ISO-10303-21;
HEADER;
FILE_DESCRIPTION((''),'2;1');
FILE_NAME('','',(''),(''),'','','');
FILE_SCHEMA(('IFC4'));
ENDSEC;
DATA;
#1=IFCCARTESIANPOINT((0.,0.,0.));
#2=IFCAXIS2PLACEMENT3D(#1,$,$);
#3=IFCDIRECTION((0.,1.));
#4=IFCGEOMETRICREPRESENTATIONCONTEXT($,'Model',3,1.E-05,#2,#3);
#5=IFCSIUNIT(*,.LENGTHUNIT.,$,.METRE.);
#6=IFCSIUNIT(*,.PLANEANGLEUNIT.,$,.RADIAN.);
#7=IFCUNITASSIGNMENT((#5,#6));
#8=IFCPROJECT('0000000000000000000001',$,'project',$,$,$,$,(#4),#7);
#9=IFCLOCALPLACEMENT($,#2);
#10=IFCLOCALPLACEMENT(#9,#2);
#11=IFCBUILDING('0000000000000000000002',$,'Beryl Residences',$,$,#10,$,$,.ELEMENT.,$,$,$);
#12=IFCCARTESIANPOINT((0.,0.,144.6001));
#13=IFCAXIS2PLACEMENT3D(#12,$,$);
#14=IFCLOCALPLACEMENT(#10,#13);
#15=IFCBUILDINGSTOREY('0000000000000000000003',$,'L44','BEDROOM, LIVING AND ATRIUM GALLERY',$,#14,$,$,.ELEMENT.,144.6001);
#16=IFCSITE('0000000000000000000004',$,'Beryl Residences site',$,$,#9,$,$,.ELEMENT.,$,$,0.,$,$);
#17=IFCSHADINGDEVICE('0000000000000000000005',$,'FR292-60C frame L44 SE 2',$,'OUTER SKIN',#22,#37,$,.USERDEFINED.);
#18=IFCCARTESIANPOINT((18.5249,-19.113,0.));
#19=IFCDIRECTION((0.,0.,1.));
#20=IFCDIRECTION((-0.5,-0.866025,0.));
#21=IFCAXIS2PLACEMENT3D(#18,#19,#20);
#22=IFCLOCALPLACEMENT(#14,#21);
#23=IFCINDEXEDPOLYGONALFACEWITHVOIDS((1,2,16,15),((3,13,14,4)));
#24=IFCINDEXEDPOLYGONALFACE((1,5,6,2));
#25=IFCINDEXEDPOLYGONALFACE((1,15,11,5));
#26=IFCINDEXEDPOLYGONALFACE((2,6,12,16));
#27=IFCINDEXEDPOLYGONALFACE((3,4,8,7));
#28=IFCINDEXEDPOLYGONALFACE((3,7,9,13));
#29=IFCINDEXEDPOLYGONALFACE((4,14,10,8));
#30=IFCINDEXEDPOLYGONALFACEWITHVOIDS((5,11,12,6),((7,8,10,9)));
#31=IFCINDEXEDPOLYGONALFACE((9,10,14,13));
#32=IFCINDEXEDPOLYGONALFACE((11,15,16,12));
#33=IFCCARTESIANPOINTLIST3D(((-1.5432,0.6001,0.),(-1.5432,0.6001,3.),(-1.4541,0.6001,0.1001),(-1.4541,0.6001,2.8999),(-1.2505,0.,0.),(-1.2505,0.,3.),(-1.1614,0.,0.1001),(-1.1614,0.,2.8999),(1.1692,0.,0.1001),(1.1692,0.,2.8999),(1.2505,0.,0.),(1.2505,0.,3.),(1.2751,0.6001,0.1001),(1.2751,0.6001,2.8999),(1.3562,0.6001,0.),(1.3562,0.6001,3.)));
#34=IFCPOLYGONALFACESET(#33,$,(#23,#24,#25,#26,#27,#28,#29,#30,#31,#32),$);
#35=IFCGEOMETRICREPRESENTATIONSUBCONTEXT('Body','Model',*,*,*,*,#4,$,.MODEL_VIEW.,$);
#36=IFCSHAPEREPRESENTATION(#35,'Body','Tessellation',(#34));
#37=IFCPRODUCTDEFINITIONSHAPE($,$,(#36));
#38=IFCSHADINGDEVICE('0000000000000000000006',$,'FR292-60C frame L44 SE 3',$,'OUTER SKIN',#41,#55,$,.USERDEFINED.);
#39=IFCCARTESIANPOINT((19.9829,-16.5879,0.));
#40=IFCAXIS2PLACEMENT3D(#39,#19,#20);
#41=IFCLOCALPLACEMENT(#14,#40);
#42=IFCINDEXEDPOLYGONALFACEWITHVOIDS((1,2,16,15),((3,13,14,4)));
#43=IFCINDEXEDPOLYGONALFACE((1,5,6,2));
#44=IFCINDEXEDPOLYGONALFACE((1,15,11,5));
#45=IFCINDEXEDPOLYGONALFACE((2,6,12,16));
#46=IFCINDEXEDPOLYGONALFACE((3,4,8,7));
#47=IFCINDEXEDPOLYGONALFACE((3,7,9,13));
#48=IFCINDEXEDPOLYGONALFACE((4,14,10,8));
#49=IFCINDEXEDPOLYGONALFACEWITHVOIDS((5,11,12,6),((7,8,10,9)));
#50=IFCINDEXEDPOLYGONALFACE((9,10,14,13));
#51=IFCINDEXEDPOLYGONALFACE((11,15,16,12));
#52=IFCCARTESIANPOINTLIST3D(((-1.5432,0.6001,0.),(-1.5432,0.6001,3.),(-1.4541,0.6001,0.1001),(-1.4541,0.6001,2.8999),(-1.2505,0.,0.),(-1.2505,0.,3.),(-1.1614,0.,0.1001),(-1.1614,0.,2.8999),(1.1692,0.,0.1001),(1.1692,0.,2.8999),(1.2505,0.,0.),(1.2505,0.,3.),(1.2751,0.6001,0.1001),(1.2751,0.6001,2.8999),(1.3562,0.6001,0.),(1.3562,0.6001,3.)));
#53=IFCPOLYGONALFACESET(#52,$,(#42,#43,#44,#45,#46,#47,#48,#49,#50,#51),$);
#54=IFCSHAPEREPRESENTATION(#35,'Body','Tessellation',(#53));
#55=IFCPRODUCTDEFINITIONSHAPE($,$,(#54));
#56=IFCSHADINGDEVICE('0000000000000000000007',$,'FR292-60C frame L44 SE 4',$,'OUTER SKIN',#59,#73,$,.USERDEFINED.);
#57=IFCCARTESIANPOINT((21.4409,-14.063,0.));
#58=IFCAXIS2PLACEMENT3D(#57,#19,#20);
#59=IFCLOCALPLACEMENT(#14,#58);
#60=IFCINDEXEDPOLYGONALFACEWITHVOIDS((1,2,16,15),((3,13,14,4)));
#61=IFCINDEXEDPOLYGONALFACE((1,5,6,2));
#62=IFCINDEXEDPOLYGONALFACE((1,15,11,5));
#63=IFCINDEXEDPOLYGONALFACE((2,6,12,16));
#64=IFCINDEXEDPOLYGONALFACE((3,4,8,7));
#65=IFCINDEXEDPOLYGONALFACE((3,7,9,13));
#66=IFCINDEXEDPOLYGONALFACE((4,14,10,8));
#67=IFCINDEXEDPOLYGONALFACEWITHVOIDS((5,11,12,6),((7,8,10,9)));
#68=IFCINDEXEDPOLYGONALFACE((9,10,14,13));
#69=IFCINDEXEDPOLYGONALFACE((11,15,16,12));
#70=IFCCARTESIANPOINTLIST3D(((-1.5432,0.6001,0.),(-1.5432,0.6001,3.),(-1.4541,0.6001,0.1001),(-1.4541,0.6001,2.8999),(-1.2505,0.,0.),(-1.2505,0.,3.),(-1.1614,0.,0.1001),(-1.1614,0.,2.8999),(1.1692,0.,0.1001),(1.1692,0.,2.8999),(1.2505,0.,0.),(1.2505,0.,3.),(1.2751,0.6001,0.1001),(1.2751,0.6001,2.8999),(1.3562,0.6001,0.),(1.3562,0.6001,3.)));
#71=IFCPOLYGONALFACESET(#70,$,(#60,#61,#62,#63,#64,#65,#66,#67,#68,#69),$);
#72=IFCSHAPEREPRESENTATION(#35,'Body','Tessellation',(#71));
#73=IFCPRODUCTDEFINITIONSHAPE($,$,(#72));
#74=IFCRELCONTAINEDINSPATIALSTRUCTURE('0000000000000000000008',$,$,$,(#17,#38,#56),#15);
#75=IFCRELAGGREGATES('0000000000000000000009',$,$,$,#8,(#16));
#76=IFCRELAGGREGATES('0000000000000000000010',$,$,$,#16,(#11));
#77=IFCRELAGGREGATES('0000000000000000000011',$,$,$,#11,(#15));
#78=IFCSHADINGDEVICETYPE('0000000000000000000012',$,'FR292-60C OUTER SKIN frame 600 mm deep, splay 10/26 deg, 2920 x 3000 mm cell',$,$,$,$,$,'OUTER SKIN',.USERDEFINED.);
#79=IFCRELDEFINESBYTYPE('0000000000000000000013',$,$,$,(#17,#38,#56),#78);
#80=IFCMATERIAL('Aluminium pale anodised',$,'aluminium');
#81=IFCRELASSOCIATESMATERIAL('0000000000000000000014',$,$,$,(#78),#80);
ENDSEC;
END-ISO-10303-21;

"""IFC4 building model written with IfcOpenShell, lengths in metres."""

from ifc_helpers import new_model, entity, si_unit, direction, frame, origin, place, context, subcontext, project, spatial, source, transform, mapped, material, type_object, type_shapes, element, save


model = new_model("IFC4")

# Units and contexts
model_context = context("Model", 3, precision=1e-05, world=origin(), true_north=direction((0.0, 1.0)))
body_context = subcontext(model_context, "Body", "Model", "MODEL_VIEW")
ifc_project = project(units=[si_unit("LENGTHUNIT", "METRE"), si_unit("PLANEANGLEUNIT", "RADIAN")], contexts=[model_context])

# Site, building, storey
site_placement = place(None, origin())
site = spatial("IfcSite", under=ifc_project, at=site_placement, Name="Beryl Residences site", CompositionType="ELEMENT", RefElevation=0.0)
building_placement = place(site_placement, origin())
building = spatial("IfcBuilding", under=site, at=building_placement, Name="Beryl Residences", CompositionType="ELEMENT")
storey_placement = place(building_placement, frame((0.0, 0.0, 144.6001)))
storey = spatial("IfcBuildingStorey", under=building, at=storey_placement, Name="L44", Description="BEDROOM, LIVING AND ATRIUM GALLERY", CompositionType="ELEMENT", Elevation=144.6001)

# Shading devices
ifc_material_1 = material(Name="Aluminium pale anodised", Category="aluminium")
shading_device_type = type_object("IfcShadingDeviceType", Name="FR292-60C OUTER SKIN frame 600 mm deep, splay 10/26 deg, 2920 x 3000 mm cell", ElementType="OUTER SKIN", PredefinedType="USERDEFINED", material=ifc_material_1)
cartesian_point_1 = entity("IfcCartesianPoint", [-1.2505, 0.0])
cartesian_point_2 = entity("IfcCartesianPoint", [-1.1692, 0.1001])
cartesian_point_3 = entity("IfcCartesianPoint", [-1.3562, 0.0])
cartesian_point_4 = entity("IfcCartesianPoint", [-1.2751, 0.1001])
shared_shape = source(origin(), body_context, "Body", "SweptSolid", [
    entity("IfcExtrudedAreaSolidTapered", entity("IfcArbitraryProfileDefWithVoids", "AREA", None, entity("IfcPolyline", [cartesian_point_1, entity("IfcCartesianPoint", [1.2505, 0.0]), entity("IfcCartesianPoint", [1.2505, 3.0]), entity("IfcCartesianPoint", [-1.2505, 3.0]), cartesian_point_1]), [entity("IfcPolyline", [cartesian_point_2, entity("IfcCartesianPoint", [1.1614, 0.1001]), entity("IfcCartesianPoint", [1.1614, 2.8999]), entity("IfcCartesianPoint", [-1.1692, 2.8999]), cartesian_point_2])]), entity("IfcAxis2Placement3D", entity("IfcCartesianPoint", [0.0, 0.0, 0.0]), entity("IfcDirection", [0.0, 1.0, 0.0]), entity("IfcDirection", [-1.0, 0.0, 0.0])), entity("IfcDirection", [0.0, 0.0, 1.0]), 0.6001, entity("IfcArbitraryProfileDefWithVoids", "AREA", None, entity("IfcPolyline", [cartesian_point_3, entity("IfcCartesianPoint", [1.5432, 0.0]), entity("IfcCartesianPoint", [1.5432, 3.0]), entity("IfcCartesianPoint", [-1.3562, 3.0]), cartesian_point_3]), [entity("IfcPolyline", [cartesian_point_4, entity("IfcCartesianPoint", [1.4541, 0.1001]), entity("IfcCartesianPoint", [1.4541, 2.8999]), entity("IfcCartesianPoint", [-1.2751, 2.8999]), cartesian_point_4])])),
])
type_shapes(shading_device_type, [shared_shape])
for number, where, z_axis, x_axis, name in (
    (1, (18.5249, -19.113, 0.0), (0.0, 0.0, 1.0), (-0.5, -0.866025, 0.0), "FR292-60C frame L44 SE 2"),
    (2, (19.9829, -16.5879, 0.0), (0.0, 0.0, 1.0), (-0.5, -0.866025, 0.0), "FR292-60C frame L44 SE 3"),
    (3, (21.4409, -14.063, 0.0), (0.0, 0.0, 1.0), (-0.5, -0.866025, 0.0), "FR292-60C frame L44 SE 4"),
):
    element("IfcShadingDevice", number, at=place(storey_placement, frame(where, z_axis=z_axis, x_axis=x_axis)), inside=storey, type_object=shading_device_type, Name=name, ObjectType="OUTER SKIN", PredefinedType="USERDEFINED", context=body_context, shape_type="MappedRepresentation", body=[
        mapped(shared_shape, transform((0.0, 0.0, 0.0))),
    ])

save(model, "model.ifc")
